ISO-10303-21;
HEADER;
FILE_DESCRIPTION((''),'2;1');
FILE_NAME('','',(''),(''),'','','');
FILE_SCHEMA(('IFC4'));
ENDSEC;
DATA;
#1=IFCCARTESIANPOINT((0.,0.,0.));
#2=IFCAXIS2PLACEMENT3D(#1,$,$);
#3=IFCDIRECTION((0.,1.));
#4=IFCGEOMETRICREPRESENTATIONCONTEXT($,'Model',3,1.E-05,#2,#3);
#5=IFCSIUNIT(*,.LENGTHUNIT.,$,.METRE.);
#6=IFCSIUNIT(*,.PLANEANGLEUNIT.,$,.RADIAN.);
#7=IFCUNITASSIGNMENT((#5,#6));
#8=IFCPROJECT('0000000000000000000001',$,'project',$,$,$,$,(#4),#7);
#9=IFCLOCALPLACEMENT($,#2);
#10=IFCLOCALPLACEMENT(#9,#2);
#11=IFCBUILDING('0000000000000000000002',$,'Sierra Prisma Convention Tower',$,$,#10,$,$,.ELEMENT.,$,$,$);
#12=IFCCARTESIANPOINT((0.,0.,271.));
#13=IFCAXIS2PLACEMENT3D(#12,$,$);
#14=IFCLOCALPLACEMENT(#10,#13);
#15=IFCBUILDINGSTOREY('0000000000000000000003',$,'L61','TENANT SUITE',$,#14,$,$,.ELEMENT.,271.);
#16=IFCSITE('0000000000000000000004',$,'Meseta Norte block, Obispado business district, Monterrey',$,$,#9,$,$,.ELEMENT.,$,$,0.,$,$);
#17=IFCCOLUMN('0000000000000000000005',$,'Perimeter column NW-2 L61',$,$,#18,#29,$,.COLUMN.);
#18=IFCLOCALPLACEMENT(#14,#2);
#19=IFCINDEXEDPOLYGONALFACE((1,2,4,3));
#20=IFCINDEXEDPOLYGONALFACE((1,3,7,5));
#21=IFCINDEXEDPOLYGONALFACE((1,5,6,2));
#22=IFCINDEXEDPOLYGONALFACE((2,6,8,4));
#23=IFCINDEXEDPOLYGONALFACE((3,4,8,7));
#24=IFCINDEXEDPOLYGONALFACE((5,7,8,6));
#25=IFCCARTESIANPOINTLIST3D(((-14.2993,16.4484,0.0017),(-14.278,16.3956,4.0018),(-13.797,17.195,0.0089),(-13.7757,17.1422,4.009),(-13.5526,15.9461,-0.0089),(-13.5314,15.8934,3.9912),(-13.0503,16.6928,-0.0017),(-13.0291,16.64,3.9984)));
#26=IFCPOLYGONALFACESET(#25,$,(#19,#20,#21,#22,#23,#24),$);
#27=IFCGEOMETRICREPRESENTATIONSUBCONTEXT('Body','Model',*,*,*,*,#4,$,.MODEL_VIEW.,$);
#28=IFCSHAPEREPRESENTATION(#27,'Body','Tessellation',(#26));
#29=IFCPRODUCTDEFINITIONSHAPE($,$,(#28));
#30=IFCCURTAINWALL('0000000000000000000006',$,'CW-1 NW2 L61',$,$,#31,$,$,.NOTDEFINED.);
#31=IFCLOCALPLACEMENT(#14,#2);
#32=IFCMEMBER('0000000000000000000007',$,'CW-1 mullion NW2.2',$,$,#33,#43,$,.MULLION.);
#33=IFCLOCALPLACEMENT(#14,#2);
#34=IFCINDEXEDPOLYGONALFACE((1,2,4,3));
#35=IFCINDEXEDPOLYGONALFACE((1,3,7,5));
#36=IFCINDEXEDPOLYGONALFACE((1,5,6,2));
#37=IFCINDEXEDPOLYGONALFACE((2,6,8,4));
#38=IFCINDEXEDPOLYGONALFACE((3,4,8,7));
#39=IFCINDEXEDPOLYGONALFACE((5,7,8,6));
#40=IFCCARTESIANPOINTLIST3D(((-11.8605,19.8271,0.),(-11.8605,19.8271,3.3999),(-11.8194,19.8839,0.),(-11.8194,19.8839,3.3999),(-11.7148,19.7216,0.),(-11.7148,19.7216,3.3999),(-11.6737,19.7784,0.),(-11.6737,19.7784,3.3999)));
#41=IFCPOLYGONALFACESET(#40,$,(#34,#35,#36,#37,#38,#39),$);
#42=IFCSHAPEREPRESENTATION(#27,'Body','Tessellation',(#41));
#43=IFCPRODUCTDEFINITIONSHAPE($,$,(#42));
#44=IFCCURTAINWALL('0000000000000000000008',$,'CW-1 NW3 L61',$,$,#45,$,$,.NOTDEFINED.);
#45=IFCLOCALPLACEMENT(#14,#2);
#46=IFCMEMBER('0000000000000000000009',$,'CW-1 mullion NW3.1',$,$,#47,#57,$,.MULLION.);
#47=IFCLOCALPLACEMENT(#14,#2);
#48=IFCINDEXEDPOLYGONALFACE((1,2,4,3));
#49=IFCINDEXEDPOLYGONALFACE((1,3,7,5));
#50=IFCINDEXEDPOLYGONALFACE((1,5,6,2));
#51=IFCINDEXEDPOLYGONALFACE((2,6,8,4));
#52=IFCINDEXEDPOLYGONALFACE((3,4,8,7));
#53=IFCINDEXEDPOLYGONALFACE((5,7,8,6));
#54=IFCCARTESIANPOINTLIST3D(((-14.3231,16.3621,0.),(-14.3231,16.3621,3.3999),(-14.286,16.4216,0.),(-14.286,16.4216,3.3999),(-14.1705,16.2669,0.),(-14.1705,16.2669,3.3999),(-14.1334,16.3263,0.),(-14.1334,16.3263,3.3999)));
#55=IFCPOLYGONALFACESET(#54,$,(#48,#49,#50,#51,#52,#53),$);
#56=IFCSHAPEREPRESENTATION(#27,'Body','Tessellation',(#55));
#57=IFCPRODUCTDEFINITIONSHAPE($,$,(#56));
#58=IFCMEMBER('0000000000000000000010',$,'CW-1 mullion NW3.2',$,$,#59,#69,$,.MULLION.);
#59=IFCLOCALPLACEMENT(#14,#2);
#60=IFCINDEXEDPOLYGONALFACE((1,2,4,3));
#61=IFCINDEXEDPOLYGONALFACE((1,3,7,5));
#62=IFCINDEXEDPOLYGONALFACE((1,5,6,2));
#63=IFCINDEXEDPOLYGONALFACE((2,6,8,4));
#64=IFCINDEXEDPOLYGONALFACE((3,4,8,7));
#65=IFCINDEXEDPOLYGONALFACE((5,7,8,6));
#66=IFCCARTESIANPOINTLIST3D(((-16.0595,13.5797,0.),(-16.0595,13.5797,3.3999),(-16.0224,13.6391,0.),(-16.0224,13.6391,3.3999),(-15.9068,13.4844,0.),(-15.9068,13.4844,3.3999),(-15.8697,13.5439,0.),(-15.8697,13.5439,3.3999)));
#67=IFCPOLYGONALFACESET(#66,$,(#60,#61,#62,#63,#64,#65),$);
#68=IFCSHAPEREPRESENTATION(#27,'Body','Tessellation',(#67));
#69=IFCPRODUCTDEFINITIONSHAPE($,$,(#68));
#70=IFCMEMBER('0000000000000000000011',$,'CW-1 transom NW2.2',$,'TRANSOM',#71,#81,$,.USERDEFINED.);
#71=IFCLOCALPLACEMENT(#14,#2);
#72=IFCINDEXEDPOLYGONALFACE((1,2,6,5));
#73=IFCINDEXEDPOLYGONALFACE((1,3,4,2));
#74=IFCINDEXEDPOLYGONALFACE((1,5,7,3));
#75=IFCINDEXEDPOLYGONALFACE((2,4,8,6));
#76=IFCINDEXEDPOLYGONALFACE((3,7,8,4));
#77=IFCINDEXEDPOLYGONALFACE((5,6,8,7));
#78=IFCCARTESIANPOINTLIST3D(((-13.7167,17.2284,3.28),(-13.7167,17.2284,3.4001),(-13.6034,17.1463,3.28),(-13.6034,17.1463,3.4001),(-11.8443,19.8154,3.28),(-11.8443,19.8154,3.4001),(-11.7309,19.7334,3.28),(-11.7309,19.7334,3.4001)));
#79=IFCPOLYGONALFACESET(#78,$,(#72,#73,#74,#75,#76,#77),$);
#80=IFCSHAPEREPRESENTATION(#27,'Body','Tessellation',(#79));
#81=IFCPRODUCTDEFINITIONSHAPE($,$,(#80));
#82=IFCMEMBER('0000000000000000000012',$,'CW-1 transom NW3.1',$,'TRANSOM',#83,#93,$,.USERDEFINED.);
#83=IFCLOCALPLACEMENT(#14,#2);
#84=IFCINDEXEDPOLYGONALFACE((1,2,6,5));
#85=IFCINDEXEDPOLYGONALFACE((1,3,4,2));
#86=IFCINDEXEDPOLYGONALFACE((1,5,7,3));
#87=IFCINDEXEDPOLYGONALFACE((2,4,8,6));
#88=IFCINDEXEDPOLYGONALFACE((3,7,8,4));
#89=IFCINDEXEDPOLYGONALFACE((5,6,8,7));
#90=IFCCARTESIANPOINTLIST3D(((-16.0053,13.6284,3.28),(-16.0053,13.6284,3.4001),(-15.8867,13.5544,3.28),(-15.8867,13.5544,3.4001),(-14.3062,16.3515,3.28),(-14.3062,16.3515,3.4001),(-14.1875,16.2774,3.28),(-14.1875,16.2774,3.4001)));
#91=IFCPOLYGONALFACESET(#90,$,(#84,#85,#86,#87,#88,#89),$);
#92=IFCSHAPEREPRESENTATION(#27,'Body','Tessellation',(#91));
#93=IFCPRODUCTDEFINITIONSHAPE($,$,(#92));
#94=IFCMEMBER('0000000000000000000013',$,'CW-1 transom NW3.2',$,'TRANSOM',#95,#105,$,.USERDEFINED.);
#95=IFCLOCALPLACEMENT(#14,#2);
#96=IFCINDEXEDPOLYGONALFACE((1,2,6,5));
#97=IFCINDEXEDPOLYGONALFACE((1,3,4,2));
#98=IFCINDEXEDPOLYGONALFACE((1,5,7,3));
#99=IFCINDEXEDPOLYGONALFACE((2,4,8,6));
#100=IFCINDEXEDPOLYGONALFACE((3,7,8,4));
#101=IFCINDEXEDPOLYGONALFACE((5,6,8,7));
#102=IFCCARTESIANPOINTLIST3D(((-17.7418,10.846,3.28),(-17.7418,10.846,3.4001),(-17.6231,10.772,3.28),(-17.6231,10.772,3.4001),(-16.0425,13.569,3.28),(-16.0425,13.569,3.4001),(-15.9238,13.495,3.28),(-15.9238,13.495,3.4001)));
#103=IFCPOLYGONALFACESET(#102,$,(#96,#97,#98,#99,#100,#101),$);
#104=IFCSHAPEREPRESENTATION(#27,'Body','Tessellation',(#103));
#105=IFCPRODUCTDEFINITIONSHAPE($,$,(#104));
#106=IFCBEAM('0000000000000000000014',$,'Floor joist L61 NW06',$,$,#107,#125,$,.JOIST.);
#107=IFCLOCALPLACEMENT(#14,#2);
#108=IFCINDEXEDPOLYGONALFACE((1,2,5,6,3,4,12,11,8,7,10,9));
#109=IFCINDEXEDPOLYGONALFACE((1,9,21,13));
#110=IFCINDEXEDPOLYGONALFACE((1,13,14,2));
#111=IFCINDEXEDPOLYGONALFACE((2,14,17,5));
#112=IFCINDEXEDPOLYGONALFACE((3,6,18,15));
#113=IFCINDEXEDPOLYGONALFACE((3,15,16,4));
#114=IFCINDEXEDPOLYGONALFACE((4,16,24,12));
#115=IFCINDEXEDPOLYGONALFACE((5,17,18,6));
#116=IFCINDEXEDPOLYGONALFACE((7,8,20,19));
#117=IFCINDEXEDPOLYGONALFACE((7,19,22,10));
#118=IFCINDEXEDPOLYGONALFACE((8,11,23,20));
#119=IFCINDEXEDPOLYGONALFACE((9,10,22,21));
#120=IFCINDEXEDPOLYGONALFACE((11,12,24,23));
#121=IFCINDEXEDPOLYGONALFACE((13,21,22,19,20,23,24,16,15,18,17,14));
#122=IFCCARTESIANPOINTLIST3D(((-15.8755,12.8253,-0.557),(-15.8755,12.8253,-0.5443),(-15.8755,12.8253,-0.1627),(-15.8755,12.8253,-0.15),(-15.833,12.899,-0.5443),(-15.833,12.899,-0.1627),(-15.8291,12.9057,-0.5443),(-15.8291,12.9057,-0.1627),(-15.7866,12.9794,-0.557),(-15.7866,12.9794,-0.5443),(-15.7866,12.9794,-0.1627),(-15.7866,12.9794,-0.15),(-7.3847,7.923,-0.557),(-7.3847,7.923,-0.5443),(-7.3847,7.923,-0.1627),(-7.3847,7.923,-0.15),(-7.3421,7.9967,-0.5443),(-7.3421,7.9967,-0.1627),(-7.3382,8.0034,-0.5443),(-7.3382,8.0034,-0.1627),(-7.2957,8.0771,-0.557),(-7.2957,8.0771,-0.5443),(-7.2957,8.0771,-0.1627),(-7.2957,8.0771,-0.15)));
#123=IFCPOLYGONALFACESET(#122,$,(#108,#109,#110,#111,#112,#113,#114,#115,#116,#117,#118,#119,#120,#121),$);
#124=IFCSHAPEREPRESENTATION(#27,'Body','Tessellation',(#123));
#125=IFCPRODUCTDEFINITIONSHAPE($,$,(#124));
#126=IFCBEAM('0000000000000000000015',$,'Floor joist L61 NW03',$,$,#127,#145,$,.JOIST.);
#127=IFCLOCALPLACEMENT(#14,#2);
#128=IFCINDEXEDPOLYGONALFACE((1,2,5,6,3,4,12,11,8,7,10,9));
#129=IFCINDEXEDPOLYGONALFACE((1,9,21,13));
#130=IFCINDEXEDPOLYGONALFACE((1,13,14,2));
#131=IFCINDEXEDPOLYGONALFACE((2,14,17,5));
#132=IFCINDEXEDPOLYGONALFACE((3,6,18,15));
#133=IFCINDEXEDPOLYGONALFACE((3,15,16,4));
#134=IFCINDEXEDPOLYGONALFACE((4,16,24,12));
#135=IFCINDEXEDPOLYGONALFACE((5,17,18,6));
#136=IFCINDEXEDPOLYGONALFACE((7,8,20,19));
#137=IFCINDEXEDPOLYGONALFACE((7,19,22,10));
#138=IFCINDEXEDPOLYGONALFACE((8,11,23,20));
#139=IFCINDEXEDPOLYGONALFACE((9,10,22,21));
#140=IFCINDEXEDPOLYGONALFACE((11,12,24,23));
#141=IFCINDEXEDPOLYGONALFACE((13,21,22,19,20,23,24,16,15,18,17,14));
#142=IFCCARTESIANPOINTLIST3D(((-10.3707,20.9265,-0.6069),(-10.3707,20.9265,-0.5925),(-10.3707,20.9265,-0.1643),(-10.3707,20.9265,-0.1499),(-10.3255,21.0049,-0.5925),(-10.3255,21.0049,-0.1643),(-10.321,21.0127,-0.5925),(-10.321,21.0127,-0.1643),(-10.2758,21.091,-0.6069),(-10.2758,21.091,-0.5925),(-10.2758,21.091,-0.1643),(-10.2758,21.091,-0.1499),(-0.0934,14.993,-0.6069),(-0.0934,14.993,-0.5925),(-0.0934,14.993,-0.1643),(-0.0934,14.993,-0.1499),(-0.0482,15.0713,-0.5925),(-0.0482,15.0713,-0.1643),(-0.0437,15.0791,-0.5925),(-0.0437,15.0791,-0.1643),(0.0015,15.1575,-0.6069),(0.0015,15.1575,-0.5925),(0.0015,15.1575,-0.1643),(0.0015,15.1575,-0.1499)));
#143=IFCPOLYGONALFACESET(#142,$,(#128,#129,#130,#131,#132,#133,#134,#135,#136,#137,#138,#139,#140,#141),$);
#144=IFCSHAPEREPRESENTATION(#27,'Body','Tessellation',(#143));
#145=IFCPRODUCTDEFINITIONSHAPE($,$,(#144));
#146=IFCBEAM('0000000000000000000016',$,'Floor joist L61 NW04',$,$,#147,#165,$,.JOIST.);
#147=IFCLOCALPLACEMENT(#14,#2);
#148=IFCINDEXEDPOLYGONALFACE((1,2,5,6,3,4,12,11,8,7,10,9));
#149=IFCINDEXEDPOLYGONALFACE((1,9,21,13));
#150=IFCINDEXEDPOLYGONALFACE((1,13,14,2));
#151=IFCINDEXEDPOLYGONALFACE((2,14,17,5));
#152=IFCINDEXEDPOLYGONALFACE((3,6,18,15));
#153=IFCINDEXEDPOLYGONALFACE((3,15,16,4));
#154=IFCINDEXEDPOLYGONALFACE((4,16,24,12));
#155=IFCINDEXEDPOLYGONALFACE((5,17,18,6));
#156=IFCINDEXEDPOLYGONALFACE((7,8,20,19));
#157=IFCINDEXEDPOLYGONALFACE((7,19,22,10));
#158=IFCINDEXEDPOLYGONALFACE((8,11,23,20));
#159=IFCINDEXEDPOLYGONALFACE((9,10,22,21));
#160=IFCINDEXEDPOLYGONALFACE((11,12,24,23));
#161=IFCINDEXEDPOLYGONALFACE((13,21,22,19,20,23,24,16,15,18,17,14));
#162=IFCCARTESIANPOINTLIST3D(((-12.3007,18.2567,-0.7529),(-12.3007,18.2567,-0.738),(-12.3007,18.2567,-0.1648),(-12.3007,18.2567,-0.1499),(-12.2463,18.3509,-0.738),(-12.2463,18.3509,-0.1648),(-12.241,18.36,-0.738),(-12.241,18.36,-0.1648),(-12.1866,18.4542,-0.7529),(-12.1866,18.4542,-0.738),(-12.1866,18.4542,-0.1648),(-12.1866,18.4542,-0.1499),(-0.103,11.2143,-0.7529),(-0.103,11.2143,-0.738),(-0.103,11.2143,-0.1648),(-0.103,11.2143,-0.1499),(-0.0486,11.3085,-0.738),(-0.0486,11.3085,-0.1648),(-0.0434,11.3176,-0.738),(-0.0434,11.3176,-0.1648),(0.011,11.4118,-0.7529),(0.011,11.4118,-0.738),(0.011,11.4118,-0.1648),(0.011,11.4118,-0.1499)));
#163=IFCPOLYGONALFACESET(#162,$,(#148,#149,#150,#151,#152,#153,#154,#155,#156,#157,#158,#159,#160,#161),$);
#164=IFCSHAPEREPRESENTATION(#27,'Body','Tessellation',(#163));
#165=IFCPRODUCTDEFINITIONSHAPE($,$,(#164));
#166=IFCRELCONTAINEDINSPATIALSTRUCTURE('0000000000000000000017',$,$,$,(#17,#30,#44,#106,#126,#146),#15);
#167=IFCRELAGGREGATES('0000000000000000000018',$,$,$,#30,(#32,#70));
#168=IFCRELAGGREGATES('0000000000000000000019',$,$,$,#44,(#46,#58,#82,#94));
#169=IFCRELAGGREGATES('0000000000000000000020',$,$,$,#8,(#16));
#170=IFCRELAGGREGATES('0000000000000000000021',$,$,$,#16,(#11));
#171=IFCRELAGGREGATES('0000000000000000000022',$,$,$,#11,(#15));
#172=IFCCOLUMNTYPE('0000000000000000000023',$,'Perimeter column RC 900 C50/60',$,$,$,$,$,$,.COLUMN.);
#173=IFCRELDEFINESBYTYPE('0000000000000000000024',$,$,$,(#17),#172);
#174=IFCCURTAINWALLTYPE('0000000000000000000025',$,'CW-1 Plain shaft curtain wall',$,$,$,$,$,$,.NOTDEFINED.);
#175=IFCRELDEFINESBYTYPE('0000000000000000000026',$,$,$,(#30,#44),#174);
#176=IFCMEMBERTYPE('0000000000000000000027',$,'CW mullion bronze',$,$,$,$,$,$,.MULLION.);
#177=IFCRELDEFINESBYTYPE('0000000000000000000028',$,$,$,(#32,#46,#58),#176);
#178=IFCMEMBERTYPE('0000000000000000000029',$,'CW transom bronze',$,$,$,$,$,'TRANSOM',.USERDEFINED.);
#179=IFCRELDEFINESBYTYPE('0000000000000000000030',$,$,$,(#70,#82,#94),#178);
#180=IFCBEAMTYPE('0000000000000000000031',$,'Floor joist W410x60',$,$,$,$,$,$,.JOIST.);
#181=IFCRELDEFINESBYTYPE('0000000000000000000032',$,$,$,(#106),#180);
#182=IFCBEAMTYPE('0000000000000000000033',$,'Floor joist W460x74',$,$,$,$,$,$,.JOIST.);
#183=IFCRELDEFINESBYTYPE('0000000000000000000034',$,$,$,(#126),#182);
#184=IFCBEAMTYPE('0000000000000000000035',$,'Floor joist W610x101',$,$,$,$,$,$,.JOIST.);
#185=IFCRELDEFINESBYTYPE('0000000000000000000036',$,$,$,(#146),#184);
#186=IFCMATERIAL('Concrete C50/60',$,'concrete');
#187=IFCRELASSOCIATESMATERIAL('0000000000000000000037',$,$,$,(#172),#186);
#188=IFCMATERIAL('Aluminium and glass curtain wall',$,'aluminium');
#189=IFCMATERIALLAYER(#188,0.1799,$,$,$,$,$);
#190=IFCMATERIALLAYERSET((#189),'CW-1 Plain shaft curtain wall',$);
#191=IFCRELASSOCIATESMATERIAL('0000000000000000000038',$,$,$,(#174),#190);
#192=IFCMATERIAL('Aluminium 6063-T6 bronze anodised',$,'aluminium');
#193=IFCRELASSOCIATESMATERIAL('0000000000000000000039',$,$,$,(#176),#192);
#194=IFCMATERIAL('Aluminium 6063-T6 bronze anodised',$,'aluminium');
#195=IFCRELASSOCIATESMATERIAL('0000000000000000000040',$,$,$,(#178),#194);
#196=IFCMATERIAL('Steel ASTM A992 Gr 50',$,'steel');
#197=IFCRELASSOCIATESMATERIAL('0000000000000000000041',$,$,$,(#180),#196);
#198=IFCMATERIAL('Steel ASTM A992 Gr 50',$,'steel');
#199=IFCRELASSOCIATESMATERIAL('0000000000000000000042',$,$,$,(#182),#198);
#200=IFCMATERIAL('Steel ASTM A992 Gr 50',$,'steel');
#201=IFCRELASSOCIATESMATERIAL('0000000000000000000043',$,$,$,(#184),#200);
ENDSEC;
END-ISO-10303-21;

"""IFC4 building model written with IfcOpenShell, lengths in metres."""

from ifc_helpers import new_model, si_unit, direction, frame, origin, origin_2d, place, context, subcontext, project, spatial, rectangle, i_section, extrude, material, layer, layer_set, material_profile, profile_set, type_object, element, aggregate, save


model = new_model("IFC4")

# Units and contexts
model_context = context("Model", 3, precision=1e-05, world=origin(), true_north=direction((0.0, 1.0)))
body_context = subcontext(model_context, "Body", "Model", "MODEL_VIEW")
ifc_project = project(units=[si_unit("LENGTHUNIT", "METRE"), si_unit("PLANEANGLEUNIT", "RADIAN")], contexts=[model_context])

# Site, building, storey
site_placement = place(None, origin())
site = spatial("IfcSite", under=ifc_project, at=site_placement, Name="Meseta Norte block, Obispado business district, Monterrey", CompositionType="ELEMENT", RefElevation=0.0)
building_placement = place(site_placement, origin())
building = spatial("IfcBuilding", under=site, at=building_placement, Name="Sierra Prisma Convention Tower", CompositionType="ELEMENT")
storey_placement = place(building_placement, frame((0.0, 0.0, 271.0)))
storey = spatial("IfcBuildingStorey", under=building, at=storey_placement, Name="L61", Description="TENANT SUITE", CompositionType="ELEMENT", Elevation=271.0)

# Column
ifc_material_1 = material(Name="Concrete C50/60", Category="concrete")
ifc_material_profile_1 = material_profile(ifc_material_1, rectangle(XDim=0.8999, YDim=0.8999, at=origin_2d()), Name="Perimeter column RC 900 C50/60")
ifc_profile_set_1 = profile_set([ifc_material_profile_1], Name="Concrete C50/60")
column_type = type_object("IfcColumnType", Name="Perimeter column RC 900 C50/60", PredefinedType="COLUMN", material=ifc_profile_set_1)
column_placement = place(storey_placement, frame((-13.6748, 16.5706, 0.0), z_axis=(0.00531, -0.013182, 0.999899), x_axis=(0.558186, 0.829677, 0.007974)))
element("IfcColumn", 1, at=column_placement, inside=storey, type_object=column_type, Name="Perimeter column NW-2 L61", PredefinedType="COLUMN", context=body_context, shape_type="SweptSolid", body=[
    extrude(rectangle(XDim=0.8999, YDim=0.8999, at=origin_2d()), origin(), (0.0, 0.0, 1.0), 4.0005),
])

# Curtain wall, member
ifc_material_2 = material(Name="Aluminium and glass curtain wall", Category="aluminium")
ifc_layer_1 = layer(ifc_material_2, 0.1799)
ifc_layer_set_1 = layer_set([ifc_layer_1], Name="CW-1 Plain shaft curtain wall")
curtain_wall_type = type_object("IfcCurtainWallType", Name="CW-1 Plain shaft curtain wall", PredefinedType="NOTDEFINED", material=ifc_layer_set_1)
curtain_wall_1_placement = place(storey_placement, origin())
curtain_wall_1 = element("IfcCurtainWall", 2, at=curtain_wall_1_placement, inside=storey, type_object=curtain_wall_type, Name="CW-1 NW2 L61", PredefinedType="NOTDEFINED")
ifc_material_3 = material(Name="Aluminium 6063-T6 bronze anodised", Category="aluminium")
ifc_material_profile_2 = material_profile(ifc_material_3, rectangle(XDim=0.1799, YDim=0.0701, at=origin_2d()), Name="ALU MULLION 70x180")
ifc_profile_set_2 = profile_set([ifc_material_profile_2], Name="Aluminium 6063-T6 bronze anodised")
member_type_1 = type_object("IfcMemberType", Name="CW mullion bronze", PredefinedType="MULLION", material=ifc_profile_set_2)
member_1_placement = place(storey_placement, frame((-11.7671, 19.8027, 0.0), z_axis=(0.0, 0.0, 1.0), x_axis=(0.810077, -0.586323, 0.0)))
member_1 = element("IfcMember", 3, at=member_1_placement, type_object=member_type_1, Name="CW-1 mullion NW2.2", PredefinedType="MULLION", context=body_context, shape_type="SweptSolid", body=[
    extrude(rectangle(XDim=0.1799, YDim=0.0701, at=origin_2d()), origin(), (0.0, 0.0, 1.0), 3.3999),
])

# Curtain wall, members
curtain_wall_2_placement = place(storey_placement, origin())
curtain_wall_2 = element("IfcCurtainWall", 4, at=curtain_wall_2_placement, inside=storey, type_object=curtain_wall_type, Name="CW-1 NW3 L61", PredefinedType="NOTDEFINED")
member_2_placement = place(storey_placement, frame((-14.2283, 16.3442, 0.0), z_axis=(0.0, 0.0, 1.0), x_axis=(0.848367, -0.529409, 0.0)))
member_2 = element("IfcMember", 5, at=member_2_placement, type_object=member_type_1, Name="CW-1 mullion NW3.1", PredefinedType="MULLION", context=body_context, shape_type="SweptSolid", body=[
    extrude(rectangle(XDim=0.1799, YDim=0.0701, at=origin_2d()), origin(), (0.0, 0.0, 1.0), 3.3999),
])
member_3_placement = place(storey_placement, frame((-15.9646, 13.5618, 0.0), z_axis=(0.0, 0.0, 1.0), x_axis=(0.848367, -0.529409, 0.0)))
member_3 = element("IfcMember", 6, at=member_3_placement, type_object=member_type_1, Name="CW-1 mullion NW3.2", PredefinedType="MULLION", context=body_context, shape_type="SweptSolid", body=[
    extrude(rectangle(XDim=0.1799, YDim=0.0701, at=origin_2d()), origin(), (0.0, 0.0, 1.0), 3.3999),
])

# Members
ifc_material_4 = material(Name="Aluminium 6063-T6 bronze anodised", Category="aluminium")
ifc_material_profile_3 = material_profile(ifc_material_4, rectangle(XDim=0.1399, YDim=0.1201, at=origin_2d()), Name="ALU TRANSOM 120x140")
ifc_profile_set_3 = profile_set([ifc_material_profile_3], Name="Aluminium 6063-T6 bronze anodised")
member_type_2 = type_object("IfcMemberType", Name="CW transom bronze", ElementType="TRANSOM", PredefinedType="USERDEFINED", material=ifc_profile_set_3)
member_4_placement = place(storey_placement, frame((-11.7876, 19.7744, 3.3401), z_axis=(-0.586325, -0.810076, 0.0), x_axis=(0.810076, -0.586325, 0.0)))
member_4 = element("IfcMember", 7, at=member_4_placement, type_object=member_type_2, Name="CW-1 transom NW2.2", ObjectType="TRANSOM", PredefinedType="USERDEFINED", context=body_context, shape_type="SweptSolid", body=[
    extrude(rectangle(XDim=0.1399, YDim=0.1201, at=origin_2d()), origin(), (0.0, 0.0, 1.0), 3.1936),
])
member_5_placement = place(storey_placement, frame((-14.2468, 16.3145, 3.3401), z_axis=(-0.529383, -0.848383, 0.0), x_axis=(0.848383, -0.529383, 0.0)))
member_5 = element("IfcMember", 8, at=member_5_placement, type_object=member_type_2, Name="CW-1 transom NW3.1", ObjectType="TRANSOM", PredefinedType="USERDEFINED", context=body_context, shape_type="SweptSolid", body=[
    extrude(rectangle(XDim=0.1399, YDim=0.1201, at=origin_2d()), origin(), (0.0, 0.0, 1.0), 3.2097),
])
member_6_placement = place(storey_placement, frame((-15.9832, 13.532, 3.3401), z_axis=(-0.529418, -0.848361, 0.0), x_axis=(0.848361, -0.529418, 0.0)))
member_6 = element("IfcMember", 9, at=member_6_placement, type_object=member_type_2, Name="CW-1 transom NW3.2", ObjectType="TRANSOM", PredefinedType="USERDEFINED", context=body_context, shape_type="SweptSolid", body=[
    extrude(rectangle(XDim=0.1399, YDim=0.1201, at=origin_2d()), origin(), (0.0, 0.0, 1.0), 3.2097),
])

# Beams
ifc_material_5 = material(Name="Steel ASTM A992 Gr 50", Category="steel")
ifc_material_profile_4 = material_profile(ifc_material_5, i_section(OverallWidth=0.178, OverallDepth=0.407, WebThickness=0.0078, FlangeThickness=0.0127, at=origin_2d()), Name="W410x60")
ifc_profile_set_4 = profile_set([ifc_material_profile_4], Name="Steel ASTM A992 Gr 50")
beam_type_1 = type_object("IfcBeamType", Name="Floor joist W410x60", PredefinedType="JOIST", material=ifc_profile_set_4)
beam_1_placement = place(storey_placement, frame((-15.8311, 12.9023, -0.3535), z_axis=(0.866022, -0.500006, 0.0), x_axis=(0.500006, 0.866022, 0.0)))
element("IfcBeam", 10, at=beam_1_placement, inside=storey, type_object=beam_type_1, Name="Floor joist L61 NW06", PredefinedType="JOIST", context=body_context, shape_type="SweptSolid", body=[
    extrude(i_section(OverallWidth=0.178, OverallDepth=0.407, WebThickness=0.0078, FlangeThickness=0.0127, at=origin_2d()), origin(), (0.0, 0.0, 1.0), 9.8044),
])
ifc_material_6 = material(Name="Steel ASTM A992 Gr 50", Category="steel")
ifc_material_profile_5 = material_profile(ifc_material_6, i_section(OverallWidth=0.1899, OverallDepth=0.457, WebThickness=0.009, FlangeThickness=0.0144, at=origin_2d()), Name="W460x74")
ifc_profile_set_5 = profile_set([ifc_material_profile_5], Name="Steel ASTM A992 Gr 50")
beam_type_2 = type_object("IfcBeamType", Name="Floor joist W460x74", PredefinedType="JOIST", material=ifc_profile_set_5)
beam_2_placement = place(storey_placement, frame((-10.3232, 21.0088, -0.3784), z_axis=(0.866027, -0.499998, 0.0), x_axis=(0.499998, 0.866027, 0.0)))
element("IfcBeam", 11, at=beam_2_placement, inside=storey, type_object=beam_type_2, Name="Floor joist L61 NW03", PredefinedType="JOIST", context=body_context, shape_type="SweptSolid", body=[
    extrude(i_section(OverallWidth=0.1899, OverallDepth=0.457, WebThickness=0.009, FlangeThickness=0.0144, at=origin_2d()), origin(), (0.0, 0.0, 1.0), 11.8672),
])
ifc_material_7 = material(Name="Steel ASTM A992 Gr 50", Category="steel")
ifc_material_profile_6 = material_profile(ifc_material_7, i_section(OverallWidth=0.228, OverallDepth=0.603, WebThickness=0.0105, FlangeThickness=0.0149, at=origin_2d()), Name="W610x101")
ifc_profile_set_6 = profile_set([ifc_material_profile_6], Name="Steel ASTM A992 Gr 50")
beam_type_3 = type_object("IfcBeamType", Name="Floor joist W610x101", PredefinedType="JOIST", material=ifc_profile_set_6)
beam_3_placement = place(storey_placement, frame((-12.2437, 18.3555, -0.4514), z_axis=(0.866022, -0.500006, 0.0), x_axis=(0.500006, 0.866022, 0.0)))
element("IfcBeam", 12, at=beam_3_placement, inside=storey, type_object=beam_type_3, Name="Floor joist L61 NW04", PredefinedType="JOIST", context=body_context, shape_type="SweptSolid", body=[
    extrude(i_section(OverallWidth=0.228, OverallDepth=0.603, WebThickness=0.0105, FlangeThickness=0.0149, at=origin_2d()), origin(), (0.0, 0.0, 1.0), 14.0847),
])

aggregate(curtain_wall_1, [member_1, member_4])
aggregate(curtain_wall_2, [member_2, member_3, member_5, member_6])

save(model, "model.ifc")
